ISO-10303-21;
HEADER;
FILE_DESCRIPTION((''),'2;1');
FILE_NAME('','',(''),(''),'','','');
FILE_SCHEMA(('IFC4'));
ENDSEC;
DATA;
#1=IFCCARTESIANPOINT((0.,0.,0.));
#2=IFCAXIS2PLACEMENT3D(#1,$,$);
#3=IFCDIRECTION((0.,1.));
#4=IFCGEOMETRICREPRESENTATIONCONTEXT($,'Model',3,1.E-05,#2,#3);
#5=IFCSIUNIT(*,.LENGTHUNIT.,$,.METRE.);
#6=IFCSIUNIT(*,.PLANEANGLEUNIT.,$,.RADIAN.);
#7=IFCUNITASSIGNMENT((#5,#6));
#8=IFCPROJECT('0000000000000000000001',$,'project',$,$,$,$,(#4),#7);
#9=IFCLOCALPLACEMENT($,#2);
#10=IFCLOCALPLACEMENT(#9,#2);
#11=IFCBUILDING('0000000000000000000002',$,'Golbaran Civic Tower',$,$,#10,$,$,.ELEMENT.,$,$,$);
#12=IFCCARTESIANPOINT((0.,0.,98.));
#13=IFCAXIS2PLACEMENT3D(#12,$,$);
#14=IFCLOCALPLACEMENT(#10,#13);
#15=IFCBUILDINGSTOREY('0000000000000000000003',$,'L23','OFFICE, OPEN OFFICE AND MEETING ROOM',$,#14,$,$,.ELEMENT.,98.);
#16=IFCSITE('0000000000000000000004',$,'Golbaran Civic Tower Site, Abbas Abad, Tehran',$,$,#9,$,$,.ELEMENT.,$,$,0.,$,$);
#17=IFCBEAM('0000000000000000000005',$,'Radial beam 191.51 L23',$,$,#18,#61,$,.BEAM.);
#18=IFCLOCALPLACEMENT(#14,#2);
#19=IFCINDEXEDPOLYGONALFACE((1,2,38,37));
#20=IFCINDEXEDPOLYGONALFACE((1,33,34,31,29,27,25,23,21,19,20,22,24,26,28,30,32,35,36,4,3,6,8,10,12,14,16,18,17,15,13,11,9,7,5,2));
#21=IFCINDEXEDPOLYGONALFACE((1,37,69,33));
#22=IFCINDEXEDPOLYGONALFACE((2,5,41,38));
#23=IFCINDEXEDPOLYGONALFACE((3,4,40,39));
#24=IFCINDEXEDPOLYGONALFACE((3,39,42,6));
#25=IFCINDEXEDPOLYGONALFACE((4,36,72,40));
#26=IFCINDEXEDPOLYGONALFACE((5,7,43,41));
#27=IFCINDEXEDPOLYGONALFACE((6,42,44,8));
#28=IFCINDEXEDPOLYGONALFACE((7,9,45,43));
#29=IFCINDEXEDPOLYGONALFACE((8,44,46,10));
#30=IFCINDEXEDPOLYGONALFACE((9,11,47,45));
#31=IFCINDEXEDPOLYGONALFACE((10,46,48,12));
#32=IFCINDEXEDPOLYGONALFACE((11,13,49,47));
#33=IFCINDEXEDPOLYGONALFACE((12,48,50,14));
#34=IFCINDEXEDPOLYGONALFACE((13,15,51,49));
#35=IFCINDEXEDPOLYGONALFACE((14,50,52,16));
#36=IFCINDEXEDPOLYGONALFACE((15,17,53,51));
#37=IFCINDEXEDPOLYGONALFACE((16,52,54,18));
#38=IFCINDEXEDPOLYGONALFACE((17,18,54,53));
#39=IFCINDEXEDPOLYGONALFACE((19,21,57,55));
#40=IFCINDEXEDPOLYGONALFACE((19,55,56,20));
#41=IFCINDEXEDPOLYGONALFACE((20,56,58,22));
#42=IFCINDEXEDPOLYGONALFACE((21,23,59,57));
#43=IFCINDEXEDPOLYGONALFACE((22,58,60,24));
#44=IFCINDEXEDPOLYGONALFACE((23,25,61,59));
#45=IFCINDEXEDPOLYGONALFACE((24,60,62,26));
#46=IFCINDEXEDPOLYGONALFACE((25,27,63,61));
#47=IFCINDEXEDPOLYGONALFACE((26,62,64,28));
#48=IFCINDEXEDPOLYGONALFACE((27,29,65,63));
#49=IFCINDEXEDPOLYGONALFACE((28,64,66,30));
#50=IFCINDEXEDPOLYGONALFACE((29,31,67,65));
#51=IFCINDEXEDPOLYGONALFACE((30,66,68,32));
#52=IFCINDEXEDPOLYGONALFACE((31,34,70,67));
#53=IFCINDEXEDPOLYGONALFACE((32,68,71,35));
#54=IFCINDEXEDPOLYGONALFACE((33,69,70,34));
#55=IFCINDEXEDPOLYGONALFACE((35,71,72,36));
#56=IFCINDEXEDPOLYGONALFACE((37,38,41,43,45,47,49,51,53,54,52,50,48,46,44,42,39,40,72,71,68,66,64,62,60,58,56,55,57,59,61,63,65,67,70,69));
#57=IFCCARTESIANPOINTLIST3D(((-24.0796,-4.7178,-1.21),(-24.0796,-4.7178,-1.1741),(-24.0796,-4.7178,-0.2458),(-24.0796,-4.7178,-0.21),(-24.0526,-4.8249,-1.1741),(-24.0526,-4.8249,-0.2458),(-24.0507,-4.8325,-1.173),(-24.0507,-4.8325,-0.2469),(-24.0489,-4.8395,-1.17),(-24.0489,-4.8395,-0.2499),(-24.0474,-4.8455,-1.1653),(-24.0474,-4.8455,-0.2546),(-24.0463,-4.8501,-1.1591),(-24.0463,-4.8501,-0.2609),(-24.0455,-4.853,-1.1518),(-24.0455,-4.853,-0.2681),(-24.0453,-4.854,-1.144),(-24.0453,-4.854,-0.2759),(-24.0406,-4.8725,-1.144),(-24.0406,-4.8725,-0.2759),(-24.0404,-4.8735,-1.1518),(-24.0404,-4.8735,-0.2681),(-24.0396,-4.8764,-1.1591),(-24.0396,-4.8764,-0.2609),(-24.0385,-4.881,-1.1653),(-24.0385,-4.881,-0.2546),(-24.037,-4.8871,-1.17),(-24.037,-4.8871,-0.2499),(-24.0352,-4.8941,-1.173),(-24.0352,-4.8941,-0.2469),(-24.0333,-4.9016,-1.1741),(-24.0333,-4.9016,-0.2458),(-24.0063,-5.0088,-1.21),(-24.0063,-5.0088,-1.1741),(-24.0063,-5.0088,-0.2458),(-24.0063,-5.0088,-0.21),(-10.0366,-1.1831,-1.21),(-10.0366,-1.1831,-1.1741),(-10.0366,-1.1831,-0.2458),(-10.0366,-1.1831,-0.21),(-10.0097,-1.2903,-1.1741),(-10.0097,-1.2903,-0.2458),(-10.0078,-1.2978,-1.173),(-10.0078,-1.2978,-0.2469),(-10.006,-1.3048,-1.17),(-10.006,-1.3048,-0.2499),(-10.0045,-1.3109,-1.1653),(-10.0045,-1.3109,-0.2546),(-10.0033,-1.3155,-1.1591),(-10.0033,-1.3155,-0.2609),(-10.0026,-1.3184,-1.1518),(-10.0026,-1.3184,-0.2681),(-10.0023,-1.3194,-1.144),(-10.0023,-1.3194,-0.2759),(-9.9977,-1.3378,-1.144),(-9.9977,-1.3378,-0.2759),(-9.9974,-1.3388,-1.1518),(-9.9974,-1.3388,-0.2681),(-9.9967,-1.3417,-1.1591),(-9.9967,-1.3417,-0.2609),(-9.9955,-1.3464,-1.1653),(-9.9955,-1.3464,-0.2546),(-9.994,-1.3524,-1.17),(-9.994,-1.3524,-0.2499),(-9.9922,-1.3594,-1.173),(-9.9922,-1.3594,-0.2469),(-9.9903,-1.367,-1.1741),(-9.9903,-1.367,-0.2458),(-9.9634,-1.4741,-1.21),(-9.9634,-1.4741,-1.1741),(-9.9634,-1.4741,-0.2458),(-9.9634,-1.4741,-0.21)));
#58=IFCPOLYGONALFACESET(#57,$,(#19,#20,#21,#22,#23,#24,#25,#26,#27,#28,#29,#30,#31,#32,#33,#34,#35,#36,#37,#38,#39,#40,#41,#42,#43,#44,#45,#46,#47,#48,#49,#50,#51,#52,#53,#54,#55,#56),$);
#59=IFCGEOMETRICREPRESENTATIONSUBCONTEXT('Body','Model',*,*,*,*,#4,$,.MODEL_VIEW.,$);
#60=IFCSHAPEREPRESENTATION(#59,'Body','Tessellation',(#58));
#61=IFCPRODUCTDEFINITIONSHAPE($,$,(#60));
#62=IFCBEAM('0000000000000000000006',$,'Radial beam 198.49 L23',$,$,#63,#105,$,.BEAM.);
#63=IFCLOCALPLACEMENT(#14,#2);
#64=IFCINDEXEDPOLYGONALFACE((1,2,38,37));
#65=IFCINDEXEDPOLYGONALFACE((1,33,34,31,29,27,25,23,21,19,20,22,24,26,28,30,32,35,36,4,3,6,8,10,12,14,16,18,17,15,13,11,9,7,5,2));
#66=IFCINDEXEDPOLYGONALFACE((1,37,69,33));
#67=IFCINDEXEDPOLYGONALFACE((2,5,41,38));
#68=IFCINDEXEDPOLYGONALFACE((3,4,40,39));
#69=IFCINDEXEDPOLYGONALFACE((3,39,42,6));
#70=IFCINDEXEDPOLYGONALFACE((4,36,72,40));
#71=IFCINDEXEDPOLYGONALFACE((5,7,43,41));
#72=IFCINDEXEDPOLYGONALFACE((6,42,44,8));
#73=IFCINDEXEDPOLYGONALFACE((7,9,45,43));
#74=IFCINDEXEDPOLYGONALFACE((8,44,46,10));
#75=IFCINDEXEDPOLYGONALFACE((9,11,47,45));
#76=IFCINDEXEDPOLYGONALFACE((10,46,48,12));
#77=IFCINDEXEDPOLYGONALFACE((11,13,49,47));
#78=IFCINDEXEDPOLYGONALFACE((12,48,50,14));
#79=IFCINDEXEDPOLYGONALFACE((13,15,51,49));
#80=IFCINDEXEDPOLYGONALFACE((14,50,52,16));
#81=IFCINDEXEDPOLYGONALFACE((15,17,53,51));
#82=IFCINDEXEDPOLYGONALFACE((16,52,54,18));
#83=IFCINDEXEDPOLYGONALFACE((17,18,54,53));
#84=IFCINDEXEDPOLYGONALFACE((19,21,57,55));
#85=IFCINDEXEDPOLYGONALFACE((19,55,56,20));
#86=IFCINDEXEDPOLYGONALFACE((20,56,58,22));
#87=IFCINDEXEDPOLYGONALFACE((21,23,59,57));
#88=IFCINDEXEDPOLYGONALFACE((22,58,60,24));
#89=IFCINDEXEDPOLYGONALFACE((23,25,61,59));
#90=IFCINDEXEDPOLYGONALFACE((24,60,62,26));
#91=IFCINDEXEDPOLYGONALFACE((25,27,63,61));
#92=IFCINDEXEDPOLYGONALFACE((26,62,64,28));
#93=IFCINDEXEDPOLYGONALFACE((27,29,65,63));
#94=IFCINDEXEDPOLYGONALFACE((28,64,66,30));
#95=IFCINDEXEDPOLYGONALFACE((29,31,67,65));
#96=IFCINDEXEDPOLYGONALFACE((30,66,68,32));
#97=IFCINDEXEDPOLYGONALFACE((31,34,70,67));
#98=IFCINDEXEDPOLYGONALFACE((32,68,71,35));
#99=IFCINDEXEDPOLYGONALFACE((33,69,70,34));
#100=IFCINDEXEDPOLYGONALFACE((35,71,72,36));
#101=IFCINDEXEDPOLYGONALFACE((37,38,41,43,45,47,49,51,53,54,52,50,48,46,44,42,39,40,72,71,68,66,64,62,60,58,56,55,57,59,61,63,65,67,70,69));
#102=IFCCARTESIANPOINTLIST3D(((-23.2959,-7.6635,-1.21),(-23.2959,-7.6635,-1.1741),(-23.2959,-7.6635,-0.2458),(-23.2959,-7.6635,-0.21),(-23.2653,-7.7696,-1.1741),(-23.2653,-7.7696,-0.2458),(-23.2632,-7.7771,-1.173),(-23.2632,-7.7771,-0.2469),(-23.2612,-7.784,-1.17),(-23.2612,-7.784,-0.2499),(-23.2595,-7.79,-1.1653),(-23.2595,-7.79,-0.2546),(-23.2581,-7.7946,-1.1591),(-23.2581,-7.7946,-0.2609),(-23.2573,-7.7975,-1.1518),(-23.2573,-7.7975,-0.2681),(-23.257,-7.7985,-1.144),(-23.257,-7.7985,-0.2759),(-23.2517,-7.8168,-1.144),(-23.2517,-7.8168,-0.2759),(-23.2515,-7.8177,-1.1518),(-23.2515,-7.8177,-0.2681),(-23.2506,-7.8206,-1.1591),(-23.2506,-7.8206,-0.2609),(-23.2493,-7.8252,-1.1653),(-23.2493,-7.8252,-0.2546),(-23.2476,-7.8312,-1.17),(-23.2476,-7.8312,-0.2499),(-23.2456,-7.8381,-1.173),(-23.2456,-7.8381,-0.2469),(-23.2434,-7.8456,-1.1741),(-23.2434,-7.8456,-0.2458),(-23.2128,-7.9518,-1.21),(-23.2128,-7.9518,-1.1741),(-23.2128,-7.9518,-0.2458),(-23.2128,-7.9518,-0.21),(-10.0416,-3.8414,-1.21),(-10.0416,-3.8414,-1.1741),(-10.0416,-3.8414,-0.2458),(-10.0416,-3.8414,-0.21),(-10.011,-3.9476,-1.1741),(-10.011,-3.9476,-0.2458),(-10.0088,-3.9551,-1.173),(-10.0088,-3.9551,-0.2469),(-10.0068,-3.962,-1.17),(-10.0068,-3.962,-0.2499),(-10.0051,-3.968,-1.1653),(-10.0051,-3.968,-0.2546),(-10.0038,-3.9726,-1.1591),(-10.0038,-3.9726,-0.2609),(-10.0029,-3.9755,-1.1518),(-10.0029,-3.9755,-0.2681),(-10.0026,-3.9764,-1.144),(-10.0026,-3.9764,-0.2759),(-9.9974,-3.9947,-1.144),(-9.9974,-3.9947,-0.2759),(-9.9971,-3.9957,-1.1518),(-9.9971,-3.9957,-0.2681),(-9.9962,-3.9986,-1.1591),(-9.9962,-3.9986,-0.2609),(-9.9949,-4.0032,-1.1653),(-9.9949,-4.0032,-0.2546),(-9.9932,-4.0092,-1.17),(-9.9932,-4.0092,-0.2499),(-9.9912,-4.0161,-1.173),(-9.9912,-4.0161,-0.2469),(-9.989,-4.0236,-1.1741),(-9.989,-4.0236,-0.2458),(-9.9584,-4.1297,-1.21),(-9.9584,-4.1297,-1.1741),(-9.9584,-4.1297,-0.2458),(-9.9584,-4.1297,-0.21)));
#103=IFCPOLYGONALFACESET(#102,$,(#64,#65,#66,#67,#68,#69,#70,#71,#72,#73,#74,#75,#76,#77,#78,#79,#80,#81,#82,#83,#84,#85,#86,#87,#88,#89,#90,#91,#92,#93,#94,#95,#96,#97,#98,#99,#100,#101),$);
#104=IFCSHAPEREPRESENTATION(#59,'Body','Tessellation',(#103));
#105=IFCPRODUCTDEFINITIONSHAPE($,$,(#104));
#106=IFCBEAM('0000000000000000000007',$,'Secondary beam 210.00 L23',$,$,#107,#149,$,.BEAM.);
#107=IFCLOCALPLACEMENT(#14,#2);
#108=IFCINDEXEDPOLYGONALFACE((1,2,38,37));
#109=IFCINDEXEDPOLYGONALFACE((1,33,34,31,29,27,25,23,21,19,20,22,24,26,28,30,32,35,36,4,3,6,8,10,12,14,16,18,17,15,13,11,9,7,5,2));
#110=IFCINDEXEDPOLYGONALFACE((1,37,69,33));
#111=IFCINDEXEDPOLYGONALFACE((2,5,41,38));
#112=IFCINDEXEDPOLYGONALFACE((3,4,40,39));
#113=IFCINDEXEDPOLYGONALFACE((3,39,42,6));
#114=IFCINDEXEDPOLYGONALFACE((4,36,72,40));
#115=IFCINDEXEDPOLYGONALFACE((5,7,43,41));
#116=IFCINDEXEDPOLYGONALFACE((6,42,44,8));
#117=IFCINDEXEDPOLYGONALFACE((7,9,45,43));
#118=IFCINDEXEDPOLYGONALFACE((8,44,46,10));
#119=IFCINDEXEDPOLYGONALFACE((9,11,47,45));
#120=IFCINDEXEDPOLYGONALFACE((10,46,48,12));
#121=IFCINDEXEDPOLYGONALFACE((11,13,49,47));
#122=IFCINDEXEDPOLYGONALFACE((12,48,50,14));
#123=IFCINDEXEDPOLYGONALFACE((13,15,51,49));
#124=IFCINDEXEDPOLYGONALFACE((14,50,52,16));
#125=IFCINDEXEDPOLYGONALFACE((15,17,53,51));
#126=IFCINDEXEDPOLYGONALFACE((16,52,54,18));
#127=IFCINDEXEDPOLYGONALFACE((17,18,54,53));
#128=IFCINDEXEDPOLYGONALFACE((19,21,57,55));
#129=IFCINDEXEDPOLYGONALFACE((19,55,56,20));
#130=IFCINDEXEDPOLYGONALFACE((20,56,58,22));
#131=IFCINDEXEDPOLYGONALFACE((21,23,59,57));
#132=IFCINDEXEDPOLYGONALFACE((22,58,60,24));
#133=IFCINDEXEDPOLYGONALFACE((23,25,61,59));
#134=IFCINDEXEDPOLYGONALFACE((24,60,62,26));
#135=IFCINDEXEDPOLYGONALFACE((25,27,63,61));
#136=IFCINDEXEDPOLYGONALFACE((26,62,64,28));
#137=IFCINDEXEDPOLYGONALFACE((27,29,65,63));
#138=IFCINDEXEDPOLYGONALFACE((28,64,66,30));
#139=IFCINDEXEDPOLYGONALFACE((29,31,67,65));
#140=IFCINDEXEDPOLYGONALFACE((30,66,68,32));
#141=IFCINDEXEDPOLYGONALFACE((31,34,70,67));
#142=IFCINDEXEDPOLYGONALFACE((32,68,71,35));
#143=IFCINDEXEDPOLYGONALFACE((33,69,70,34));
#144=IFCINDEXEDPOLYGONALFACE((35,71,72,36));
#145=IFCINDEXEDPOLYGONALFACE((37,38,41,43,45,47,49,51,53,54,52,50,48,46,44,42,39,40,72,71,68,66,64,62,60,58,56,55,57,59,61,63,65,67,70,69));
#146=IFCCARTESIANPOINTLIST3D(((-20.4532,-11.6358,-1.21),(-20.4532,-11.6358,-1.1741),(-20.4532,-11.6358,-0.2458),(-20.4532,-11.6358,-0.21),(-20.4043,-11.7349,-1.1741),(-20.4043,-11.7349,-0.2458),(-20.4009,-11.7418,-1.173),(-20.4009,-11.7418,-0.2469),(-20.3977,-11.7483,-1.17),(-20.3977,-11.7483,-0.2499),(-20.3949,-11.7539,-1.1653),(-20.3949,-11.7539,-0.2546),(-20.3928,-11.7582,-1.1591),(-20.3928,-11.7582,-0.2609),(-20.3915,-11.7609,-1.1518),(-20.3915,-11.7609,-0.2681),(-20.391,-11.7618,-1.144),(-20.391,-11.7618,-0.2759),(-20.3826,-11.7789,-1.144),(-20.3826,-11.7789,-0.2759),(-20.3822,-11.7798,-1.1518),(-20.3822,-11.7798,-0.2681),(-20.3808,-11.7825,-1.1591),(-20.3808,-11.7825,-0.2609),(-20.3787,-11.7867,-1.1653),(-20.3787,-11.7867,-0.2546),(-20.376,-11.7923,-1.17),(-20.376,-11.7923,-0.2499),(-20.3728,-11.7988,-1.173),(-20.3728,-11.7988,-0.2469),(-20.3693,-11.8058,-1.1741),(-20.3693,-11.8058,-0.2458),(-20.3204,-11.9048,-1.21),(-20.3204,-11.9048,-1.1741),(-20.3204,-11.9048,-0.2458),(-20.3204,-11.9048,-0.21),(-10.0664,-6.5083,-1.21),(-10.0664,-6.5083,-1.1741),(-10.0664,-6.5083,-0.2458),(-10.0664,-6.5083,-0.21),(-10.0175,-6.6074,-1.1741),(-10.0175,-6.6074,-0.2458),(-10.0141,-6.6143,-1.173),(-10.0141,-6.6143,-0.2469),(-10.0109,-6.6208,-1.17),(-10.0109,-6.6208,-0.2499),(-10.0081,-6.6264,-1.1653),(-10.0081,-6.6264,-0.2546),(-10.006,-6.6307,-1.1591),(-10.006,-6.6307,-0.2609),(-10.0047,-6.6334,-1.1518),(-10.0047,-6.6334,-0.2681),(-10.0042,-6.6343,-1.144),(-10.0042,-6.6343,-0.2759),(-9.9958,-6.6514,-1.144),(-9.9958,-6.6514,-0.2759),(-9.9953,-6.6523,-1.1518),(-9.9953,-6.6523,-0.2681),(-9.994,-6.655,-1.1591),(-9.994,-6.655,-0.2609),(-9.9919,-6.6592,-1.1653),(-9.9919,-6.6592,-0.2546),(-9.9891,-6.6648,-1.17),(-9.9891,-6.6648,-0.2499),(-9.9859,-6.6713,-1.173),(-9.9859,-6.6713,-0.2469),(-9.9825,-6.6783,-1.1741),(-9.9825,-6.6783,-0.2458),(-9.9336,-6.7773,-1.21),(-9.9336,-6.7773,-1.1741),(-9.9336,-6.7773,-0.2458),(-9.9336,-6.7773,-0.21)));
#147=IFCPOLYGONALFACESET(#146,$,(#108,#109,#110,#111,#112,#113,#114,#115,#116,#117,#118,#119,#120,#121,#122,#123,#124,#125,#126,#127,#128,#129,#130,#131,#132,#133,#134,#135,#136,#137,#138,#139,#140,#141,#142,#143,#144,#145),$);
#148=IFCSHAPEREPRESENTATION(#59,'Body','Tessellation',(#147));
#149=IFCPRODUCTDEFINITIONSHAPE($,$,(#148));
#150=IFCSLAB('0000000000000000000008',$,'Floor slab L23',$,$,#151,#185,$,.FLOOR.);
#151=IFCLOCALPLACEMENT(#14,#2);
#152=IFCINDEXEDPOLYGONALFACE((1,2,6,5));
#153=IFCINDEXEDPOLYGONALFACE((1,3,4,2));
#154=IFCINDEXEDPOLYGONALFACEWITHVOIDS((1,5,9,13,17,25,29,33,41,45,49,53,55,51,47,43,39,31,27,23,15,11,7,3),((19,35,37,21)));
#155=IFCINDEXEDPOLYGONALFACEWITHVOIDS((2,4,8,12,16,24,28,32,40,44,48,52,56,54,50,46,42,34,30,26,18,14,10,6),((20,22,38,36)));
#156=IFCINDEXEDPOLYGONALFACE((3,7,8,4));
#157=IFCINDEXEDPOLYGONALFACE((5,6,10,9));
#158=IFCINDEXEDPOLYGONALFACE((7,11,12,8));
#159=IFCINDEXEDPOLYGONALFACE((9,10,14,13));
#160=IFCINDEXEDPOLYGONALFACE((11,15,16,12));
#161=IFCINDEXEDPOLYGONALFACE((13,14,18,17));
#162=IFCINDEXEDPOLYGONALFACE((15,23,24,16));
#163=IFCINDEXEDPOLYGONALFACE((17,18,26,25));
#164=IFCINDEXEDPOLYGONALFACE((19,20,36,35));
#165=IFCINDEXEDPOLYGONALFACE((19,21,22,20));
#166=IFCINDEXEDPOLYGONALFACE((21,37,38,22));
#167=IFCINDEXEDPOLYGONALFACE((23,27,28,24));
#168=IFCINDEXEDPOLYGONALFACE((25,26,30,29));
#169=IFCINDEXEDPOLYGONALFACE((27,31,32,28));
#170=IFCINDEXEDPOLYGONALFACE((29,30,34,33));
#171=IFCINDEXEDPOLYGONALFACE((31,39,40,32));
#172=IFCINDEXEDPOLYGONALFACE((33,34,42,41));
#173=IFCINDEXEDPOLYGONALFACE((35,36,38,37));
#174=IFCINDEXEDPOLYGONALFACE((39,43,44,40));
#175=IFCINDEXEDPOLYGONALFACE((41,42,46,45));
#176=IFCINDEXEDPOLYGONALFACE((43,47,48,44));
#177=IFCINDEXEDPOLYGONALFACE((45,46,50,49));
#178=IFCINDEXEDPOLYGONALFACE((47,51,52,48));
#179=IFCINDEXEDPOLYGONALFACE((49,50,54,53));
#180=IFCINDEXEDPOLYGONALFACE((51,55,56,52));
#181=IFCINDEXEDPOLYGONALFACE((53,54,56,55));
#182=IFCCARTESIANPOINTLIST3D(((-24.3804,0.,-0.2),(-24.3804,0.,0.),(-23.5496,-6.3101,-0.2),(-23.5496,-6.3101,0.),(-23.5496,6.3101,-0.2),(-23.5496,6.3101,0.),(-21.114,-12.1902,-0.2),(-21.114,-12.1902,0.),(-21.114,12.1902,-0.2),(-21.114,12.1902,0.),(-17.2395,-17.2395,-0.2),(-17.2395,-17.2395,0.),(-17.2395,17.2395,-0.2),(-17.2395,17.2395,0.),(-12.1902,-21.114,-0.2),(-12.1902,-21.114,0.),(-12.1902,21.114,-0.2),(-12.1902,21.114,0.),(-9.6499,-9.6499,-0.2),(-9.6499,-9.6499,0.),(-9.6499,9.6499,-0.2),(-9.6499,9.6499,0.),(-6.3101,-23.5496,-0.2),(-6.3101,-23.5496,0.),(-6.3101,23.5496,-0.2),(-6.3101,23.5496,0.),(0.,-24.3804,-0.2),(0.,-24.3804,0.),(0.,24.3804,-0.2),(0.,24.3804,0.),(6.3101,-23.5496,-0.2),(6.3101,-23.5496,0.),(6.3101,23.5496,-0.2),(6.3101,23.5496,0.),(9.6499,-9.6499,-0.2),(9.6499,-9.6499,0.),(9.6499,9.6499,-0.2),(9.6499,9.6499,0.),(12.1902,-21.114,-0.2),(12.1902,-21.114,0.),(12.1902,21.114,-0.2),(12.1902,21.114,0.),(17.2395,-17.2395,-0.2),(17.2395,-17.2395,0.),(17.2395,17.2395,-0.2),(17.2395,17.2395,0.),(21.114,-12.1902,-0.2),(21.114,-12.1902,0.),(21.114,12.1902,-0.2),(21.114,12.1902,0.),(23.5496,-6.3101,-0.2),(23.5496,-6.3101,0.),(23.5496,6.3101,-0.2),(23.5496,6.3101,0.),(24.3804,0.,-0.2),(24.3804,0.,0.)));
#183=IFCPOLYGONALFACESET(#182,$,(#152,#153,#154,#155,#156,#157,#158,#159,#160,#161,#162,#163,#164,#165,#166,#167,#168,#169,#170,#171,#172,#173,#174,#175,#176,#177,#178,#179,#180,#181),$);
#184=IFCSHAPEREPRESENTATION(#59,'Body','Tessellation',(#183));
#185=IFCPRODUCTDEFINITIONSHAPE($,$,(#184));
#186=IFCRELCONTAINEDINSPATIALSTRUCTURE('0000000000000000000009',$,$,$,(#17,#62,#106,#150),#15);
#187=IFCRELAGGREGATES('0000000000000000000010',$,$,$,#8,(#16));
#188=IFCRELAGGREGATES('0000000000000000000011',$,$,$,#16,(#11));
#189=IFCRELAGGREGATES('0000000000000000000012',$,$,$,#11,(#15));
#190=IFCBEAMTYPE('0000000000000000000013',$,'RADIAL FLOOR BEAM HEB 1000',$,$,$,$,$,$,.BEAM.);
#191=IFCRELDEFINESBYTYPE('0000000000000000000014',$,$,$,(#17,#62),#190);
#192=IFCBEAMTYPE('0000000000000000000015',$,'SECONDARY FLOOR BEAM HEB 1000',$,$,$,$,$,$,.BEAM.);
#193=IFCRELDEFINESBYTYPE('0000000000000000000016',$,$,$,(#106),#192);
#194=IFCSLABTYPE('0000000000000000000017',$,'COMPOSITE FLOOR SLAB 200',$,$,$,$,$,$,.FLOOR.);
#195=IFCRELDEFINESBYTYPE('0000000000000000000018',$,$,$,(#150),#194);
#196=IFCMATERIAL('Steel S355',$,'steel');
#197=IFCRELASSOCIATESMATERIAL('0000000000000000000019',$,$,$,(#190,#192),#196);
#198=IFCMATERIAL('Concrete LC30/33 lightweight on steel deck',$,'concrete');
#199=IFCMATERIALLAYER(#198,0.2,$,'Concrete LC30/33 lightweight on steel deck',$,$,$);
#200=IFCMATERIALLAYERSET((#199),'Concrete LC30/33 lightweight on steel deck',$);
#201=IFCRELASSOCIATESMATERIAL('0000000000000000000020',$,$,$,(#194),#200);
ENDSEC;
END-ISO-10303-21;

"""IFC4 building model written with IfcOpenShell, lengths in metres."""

from ifc_helpers import new_model, si_unit, direction, frame, origin, origin_2d, place, context, subcontext, project, spatial, polyline, i_section, outline, extrude, material, layer, layer_set, material_profile, profile_set, type_object, element, save


model = new_model("IFC4")

# Units and contexts
model_context = context("Model", 3, precision=1e-05, world=origin(), true_north=direction((0.0, 1.0)))
body_context = subcontext(model_context, "Body", "Model", "MODEL_VIEW")
ifc_project = project(units=[si_unit("LENGTHUNIT", "METRE"), si_unit("PLANEANGLEUNIT", "RADIAN")], contexts=[model_context])

# Site, building, storey
site_placement = place(None, origin())
site = spatial("IfcSite", under=ifc_project, at=site_placement, Name="Golbaran Civic Tower Site, Abbas Abad, Tehran", CompositionType="ELEMENT", RefElevation=0.0)
building_placement = place(site_placement, origin())
building = spatial("IfcBuilding", under=site, at=building_placement, Name="Golbaran Civic Tower", CompositionType="ELEMENT")
storey_placement = place(building_placement, frame((0.0, 0.0, 98.0)))
storey = spatial("IfcBuildingStorey", under=building, at=storey_placement, Name="L23", Description="OFFICE, OPEN OFFICE AND MEETING ROOM", CompositionType="ELEMENT", Elevation=98.0)

# Beams
ifc_material_1 = material(Name="Steel S355", Category="steel")
ifc_material_profile_1 = material_profile(ifc_material_1, i_section(OverallWidth=0.3, OverallDepth=1.0, WebThickness=0.019, FlangeThickness=0.0359, FilletRadius=0.03, at=origin_2d()), Name="HEB 1000")
ifc_profile_set_1 = profile_set([ifc_material_profile_1], Name="Steel S355")
beam_type_1 = type_object("IfcBeamType", Name="RADIAL FLOOR BEAM HEB 1000", PredefinedType="BEAM", material=ifc_profile_set_1)
beam_1_placement = place(storey_placement, frame((-10.0, -1.3286, -0.71), z_axis=(-0.969752, -0.24409, 0.0), x_axis=(0.24409, -0.969752, 0.0)))
element("IfcBeam", 1, at=beam_1_placement, inside=storey, type_object=beam_type_1, Name="Radial beam 191.51 L23", PredefinedType="BEAM", context=body_context, shape_type="SweptSolid", body=[
    extrude(i_section(OverallWidth=0.3, OverallDepth=1.0, WebThickness=0.019, FlangeThickness=0.0359, FilletRadius=0.03, at=origin_2d()), origin(), (0.0, 0.0, 1.0), 14.481),
])
beam_2_placement = place(storey_placement, frame((-10.0, -3.9856, -0.71), z_axis=(-0.96085, -0.27707, 0.0), x_axis=(0.27707, -0.96085, 0.0)))
element("IfcBeam", 2, at=beam_2_placement, inside=storey, type_object=beam_type_1, Name="Radial beam 198.49 L23", PredefinedType="BEAM", context=body_context, shape_type="SweptSolid", body=[
    extrude(i_section(OverallWidth=0.3, OverallDepth=1.0, WebThickness=0.019, FlangeThickness=0.0359, FilletRadius=0.03, at=origin_2d()), origin(), (0.0, 0.0, 1.0), 13.7944),
])
ifc_material_profile_2 = material_profile(ifc_material_1, i_section(OverallWidth=0.3, OverallDepth=1.0, WebThickness=0.019, FlangeThickness=0.0359, FilletRadius=0.03, at=origin_2d()), Name="HEB 1000")
ifc_profile_set_2 = profile_set([ifc_material_profile_2], Name="Steel S355")
beam_type_2 = type_object("IfcBeamType", Name="SECONDARY FLOOR BEAM HEB 1000", PredefinedType="BEAM", material=ifc_profile_set_2)
beam_3_placement = place(storey_placement, frame((-10.0, -6.6428, -0.71), z_axis=(-0.896692, -0.442655, 0.0), x_axis=(0.442655, -0.896692, 0.0)))
element("IfcBeam", 3, at=beam_3_placement, inside=storey, type_object=beam_type_2, Name="Secondary beam 210.00 L23", PredefinedType="BEAM", context=body_context, shape_type="SweptSolid", body=[
    extrude(i_section(OverallWidth=0.3, OverallDepth=1.0, WebThickness=0.019, FlangeThickness=0.0359, FilletRadius=0.03, at=origin_2d()), origin(), (0.0, 0.0, 1.0), 11.5835),
])

# Slab
ifc_material_2 = material(Name="Concrete LC30/33 lightweight on steel deck", Category="concrete")
ifc_layer_1 = layer(ifc_material_2, 0.2, Name="Concrete LC30/33 lightweight on steel deck")
ifc_layer_set_1 = layer_set([ifc_layer_1], Name="Concrete LC30/33 lightweight on steel deck")
slab_type = type_object("IfcSlabType", Name="COMPOSITE FLOOR SLAB 200", PredefinedType="FLOOR", material=ifc_layer_set_1)
slab_placement = place(storey_placement, frame((0.0, 0.0, -0.2)))
element("IfcSlab", 4, at=slab_placement, inside=storey, type_object=slab_type, Name="Floor slab L23", PredefinedType="FLOOR", context=body_context, shape_type="SweptSolid", body=[
    extrude(outline(polyline([(21.114, -12.1902), (17.2395, -17.2395), (12.1902, -21.114), (6.3101, -23.5496), (0.0, -24.3804), (-6.3101, -23.5496), (-12.1902, -21.114), (-17.2395, -17.2395), (-21.114, -12.1902), (-23.5496, -6.3101), (-24.3804, 0.0), (-23.5496, 6.3101), (-21.114, 12.1902), (-17.2395, 17.2395), (-12.1902, 21.114), (-6.3101, 23.5496), (0.0, 24.3804), (6.3101, 23.5496), (12.1902, 21.114), (17.2395, 17.2395), (21.114, 12.1902), (23.5496, 6.3101), (24.3804, 0.0), (23.5496, -6.3101), (21.114, -12.1902)]), holes=[polyline([(-9.6499, 9.6499), (-9.6499, -9.6499), (9.6499, -9.6499), (9.6499, 9.6499), (-9.6499, 9.6499)])]), origin(), (0.0, 0.0, 1.0), 0.2),
])

save(model, "model.ifc")
